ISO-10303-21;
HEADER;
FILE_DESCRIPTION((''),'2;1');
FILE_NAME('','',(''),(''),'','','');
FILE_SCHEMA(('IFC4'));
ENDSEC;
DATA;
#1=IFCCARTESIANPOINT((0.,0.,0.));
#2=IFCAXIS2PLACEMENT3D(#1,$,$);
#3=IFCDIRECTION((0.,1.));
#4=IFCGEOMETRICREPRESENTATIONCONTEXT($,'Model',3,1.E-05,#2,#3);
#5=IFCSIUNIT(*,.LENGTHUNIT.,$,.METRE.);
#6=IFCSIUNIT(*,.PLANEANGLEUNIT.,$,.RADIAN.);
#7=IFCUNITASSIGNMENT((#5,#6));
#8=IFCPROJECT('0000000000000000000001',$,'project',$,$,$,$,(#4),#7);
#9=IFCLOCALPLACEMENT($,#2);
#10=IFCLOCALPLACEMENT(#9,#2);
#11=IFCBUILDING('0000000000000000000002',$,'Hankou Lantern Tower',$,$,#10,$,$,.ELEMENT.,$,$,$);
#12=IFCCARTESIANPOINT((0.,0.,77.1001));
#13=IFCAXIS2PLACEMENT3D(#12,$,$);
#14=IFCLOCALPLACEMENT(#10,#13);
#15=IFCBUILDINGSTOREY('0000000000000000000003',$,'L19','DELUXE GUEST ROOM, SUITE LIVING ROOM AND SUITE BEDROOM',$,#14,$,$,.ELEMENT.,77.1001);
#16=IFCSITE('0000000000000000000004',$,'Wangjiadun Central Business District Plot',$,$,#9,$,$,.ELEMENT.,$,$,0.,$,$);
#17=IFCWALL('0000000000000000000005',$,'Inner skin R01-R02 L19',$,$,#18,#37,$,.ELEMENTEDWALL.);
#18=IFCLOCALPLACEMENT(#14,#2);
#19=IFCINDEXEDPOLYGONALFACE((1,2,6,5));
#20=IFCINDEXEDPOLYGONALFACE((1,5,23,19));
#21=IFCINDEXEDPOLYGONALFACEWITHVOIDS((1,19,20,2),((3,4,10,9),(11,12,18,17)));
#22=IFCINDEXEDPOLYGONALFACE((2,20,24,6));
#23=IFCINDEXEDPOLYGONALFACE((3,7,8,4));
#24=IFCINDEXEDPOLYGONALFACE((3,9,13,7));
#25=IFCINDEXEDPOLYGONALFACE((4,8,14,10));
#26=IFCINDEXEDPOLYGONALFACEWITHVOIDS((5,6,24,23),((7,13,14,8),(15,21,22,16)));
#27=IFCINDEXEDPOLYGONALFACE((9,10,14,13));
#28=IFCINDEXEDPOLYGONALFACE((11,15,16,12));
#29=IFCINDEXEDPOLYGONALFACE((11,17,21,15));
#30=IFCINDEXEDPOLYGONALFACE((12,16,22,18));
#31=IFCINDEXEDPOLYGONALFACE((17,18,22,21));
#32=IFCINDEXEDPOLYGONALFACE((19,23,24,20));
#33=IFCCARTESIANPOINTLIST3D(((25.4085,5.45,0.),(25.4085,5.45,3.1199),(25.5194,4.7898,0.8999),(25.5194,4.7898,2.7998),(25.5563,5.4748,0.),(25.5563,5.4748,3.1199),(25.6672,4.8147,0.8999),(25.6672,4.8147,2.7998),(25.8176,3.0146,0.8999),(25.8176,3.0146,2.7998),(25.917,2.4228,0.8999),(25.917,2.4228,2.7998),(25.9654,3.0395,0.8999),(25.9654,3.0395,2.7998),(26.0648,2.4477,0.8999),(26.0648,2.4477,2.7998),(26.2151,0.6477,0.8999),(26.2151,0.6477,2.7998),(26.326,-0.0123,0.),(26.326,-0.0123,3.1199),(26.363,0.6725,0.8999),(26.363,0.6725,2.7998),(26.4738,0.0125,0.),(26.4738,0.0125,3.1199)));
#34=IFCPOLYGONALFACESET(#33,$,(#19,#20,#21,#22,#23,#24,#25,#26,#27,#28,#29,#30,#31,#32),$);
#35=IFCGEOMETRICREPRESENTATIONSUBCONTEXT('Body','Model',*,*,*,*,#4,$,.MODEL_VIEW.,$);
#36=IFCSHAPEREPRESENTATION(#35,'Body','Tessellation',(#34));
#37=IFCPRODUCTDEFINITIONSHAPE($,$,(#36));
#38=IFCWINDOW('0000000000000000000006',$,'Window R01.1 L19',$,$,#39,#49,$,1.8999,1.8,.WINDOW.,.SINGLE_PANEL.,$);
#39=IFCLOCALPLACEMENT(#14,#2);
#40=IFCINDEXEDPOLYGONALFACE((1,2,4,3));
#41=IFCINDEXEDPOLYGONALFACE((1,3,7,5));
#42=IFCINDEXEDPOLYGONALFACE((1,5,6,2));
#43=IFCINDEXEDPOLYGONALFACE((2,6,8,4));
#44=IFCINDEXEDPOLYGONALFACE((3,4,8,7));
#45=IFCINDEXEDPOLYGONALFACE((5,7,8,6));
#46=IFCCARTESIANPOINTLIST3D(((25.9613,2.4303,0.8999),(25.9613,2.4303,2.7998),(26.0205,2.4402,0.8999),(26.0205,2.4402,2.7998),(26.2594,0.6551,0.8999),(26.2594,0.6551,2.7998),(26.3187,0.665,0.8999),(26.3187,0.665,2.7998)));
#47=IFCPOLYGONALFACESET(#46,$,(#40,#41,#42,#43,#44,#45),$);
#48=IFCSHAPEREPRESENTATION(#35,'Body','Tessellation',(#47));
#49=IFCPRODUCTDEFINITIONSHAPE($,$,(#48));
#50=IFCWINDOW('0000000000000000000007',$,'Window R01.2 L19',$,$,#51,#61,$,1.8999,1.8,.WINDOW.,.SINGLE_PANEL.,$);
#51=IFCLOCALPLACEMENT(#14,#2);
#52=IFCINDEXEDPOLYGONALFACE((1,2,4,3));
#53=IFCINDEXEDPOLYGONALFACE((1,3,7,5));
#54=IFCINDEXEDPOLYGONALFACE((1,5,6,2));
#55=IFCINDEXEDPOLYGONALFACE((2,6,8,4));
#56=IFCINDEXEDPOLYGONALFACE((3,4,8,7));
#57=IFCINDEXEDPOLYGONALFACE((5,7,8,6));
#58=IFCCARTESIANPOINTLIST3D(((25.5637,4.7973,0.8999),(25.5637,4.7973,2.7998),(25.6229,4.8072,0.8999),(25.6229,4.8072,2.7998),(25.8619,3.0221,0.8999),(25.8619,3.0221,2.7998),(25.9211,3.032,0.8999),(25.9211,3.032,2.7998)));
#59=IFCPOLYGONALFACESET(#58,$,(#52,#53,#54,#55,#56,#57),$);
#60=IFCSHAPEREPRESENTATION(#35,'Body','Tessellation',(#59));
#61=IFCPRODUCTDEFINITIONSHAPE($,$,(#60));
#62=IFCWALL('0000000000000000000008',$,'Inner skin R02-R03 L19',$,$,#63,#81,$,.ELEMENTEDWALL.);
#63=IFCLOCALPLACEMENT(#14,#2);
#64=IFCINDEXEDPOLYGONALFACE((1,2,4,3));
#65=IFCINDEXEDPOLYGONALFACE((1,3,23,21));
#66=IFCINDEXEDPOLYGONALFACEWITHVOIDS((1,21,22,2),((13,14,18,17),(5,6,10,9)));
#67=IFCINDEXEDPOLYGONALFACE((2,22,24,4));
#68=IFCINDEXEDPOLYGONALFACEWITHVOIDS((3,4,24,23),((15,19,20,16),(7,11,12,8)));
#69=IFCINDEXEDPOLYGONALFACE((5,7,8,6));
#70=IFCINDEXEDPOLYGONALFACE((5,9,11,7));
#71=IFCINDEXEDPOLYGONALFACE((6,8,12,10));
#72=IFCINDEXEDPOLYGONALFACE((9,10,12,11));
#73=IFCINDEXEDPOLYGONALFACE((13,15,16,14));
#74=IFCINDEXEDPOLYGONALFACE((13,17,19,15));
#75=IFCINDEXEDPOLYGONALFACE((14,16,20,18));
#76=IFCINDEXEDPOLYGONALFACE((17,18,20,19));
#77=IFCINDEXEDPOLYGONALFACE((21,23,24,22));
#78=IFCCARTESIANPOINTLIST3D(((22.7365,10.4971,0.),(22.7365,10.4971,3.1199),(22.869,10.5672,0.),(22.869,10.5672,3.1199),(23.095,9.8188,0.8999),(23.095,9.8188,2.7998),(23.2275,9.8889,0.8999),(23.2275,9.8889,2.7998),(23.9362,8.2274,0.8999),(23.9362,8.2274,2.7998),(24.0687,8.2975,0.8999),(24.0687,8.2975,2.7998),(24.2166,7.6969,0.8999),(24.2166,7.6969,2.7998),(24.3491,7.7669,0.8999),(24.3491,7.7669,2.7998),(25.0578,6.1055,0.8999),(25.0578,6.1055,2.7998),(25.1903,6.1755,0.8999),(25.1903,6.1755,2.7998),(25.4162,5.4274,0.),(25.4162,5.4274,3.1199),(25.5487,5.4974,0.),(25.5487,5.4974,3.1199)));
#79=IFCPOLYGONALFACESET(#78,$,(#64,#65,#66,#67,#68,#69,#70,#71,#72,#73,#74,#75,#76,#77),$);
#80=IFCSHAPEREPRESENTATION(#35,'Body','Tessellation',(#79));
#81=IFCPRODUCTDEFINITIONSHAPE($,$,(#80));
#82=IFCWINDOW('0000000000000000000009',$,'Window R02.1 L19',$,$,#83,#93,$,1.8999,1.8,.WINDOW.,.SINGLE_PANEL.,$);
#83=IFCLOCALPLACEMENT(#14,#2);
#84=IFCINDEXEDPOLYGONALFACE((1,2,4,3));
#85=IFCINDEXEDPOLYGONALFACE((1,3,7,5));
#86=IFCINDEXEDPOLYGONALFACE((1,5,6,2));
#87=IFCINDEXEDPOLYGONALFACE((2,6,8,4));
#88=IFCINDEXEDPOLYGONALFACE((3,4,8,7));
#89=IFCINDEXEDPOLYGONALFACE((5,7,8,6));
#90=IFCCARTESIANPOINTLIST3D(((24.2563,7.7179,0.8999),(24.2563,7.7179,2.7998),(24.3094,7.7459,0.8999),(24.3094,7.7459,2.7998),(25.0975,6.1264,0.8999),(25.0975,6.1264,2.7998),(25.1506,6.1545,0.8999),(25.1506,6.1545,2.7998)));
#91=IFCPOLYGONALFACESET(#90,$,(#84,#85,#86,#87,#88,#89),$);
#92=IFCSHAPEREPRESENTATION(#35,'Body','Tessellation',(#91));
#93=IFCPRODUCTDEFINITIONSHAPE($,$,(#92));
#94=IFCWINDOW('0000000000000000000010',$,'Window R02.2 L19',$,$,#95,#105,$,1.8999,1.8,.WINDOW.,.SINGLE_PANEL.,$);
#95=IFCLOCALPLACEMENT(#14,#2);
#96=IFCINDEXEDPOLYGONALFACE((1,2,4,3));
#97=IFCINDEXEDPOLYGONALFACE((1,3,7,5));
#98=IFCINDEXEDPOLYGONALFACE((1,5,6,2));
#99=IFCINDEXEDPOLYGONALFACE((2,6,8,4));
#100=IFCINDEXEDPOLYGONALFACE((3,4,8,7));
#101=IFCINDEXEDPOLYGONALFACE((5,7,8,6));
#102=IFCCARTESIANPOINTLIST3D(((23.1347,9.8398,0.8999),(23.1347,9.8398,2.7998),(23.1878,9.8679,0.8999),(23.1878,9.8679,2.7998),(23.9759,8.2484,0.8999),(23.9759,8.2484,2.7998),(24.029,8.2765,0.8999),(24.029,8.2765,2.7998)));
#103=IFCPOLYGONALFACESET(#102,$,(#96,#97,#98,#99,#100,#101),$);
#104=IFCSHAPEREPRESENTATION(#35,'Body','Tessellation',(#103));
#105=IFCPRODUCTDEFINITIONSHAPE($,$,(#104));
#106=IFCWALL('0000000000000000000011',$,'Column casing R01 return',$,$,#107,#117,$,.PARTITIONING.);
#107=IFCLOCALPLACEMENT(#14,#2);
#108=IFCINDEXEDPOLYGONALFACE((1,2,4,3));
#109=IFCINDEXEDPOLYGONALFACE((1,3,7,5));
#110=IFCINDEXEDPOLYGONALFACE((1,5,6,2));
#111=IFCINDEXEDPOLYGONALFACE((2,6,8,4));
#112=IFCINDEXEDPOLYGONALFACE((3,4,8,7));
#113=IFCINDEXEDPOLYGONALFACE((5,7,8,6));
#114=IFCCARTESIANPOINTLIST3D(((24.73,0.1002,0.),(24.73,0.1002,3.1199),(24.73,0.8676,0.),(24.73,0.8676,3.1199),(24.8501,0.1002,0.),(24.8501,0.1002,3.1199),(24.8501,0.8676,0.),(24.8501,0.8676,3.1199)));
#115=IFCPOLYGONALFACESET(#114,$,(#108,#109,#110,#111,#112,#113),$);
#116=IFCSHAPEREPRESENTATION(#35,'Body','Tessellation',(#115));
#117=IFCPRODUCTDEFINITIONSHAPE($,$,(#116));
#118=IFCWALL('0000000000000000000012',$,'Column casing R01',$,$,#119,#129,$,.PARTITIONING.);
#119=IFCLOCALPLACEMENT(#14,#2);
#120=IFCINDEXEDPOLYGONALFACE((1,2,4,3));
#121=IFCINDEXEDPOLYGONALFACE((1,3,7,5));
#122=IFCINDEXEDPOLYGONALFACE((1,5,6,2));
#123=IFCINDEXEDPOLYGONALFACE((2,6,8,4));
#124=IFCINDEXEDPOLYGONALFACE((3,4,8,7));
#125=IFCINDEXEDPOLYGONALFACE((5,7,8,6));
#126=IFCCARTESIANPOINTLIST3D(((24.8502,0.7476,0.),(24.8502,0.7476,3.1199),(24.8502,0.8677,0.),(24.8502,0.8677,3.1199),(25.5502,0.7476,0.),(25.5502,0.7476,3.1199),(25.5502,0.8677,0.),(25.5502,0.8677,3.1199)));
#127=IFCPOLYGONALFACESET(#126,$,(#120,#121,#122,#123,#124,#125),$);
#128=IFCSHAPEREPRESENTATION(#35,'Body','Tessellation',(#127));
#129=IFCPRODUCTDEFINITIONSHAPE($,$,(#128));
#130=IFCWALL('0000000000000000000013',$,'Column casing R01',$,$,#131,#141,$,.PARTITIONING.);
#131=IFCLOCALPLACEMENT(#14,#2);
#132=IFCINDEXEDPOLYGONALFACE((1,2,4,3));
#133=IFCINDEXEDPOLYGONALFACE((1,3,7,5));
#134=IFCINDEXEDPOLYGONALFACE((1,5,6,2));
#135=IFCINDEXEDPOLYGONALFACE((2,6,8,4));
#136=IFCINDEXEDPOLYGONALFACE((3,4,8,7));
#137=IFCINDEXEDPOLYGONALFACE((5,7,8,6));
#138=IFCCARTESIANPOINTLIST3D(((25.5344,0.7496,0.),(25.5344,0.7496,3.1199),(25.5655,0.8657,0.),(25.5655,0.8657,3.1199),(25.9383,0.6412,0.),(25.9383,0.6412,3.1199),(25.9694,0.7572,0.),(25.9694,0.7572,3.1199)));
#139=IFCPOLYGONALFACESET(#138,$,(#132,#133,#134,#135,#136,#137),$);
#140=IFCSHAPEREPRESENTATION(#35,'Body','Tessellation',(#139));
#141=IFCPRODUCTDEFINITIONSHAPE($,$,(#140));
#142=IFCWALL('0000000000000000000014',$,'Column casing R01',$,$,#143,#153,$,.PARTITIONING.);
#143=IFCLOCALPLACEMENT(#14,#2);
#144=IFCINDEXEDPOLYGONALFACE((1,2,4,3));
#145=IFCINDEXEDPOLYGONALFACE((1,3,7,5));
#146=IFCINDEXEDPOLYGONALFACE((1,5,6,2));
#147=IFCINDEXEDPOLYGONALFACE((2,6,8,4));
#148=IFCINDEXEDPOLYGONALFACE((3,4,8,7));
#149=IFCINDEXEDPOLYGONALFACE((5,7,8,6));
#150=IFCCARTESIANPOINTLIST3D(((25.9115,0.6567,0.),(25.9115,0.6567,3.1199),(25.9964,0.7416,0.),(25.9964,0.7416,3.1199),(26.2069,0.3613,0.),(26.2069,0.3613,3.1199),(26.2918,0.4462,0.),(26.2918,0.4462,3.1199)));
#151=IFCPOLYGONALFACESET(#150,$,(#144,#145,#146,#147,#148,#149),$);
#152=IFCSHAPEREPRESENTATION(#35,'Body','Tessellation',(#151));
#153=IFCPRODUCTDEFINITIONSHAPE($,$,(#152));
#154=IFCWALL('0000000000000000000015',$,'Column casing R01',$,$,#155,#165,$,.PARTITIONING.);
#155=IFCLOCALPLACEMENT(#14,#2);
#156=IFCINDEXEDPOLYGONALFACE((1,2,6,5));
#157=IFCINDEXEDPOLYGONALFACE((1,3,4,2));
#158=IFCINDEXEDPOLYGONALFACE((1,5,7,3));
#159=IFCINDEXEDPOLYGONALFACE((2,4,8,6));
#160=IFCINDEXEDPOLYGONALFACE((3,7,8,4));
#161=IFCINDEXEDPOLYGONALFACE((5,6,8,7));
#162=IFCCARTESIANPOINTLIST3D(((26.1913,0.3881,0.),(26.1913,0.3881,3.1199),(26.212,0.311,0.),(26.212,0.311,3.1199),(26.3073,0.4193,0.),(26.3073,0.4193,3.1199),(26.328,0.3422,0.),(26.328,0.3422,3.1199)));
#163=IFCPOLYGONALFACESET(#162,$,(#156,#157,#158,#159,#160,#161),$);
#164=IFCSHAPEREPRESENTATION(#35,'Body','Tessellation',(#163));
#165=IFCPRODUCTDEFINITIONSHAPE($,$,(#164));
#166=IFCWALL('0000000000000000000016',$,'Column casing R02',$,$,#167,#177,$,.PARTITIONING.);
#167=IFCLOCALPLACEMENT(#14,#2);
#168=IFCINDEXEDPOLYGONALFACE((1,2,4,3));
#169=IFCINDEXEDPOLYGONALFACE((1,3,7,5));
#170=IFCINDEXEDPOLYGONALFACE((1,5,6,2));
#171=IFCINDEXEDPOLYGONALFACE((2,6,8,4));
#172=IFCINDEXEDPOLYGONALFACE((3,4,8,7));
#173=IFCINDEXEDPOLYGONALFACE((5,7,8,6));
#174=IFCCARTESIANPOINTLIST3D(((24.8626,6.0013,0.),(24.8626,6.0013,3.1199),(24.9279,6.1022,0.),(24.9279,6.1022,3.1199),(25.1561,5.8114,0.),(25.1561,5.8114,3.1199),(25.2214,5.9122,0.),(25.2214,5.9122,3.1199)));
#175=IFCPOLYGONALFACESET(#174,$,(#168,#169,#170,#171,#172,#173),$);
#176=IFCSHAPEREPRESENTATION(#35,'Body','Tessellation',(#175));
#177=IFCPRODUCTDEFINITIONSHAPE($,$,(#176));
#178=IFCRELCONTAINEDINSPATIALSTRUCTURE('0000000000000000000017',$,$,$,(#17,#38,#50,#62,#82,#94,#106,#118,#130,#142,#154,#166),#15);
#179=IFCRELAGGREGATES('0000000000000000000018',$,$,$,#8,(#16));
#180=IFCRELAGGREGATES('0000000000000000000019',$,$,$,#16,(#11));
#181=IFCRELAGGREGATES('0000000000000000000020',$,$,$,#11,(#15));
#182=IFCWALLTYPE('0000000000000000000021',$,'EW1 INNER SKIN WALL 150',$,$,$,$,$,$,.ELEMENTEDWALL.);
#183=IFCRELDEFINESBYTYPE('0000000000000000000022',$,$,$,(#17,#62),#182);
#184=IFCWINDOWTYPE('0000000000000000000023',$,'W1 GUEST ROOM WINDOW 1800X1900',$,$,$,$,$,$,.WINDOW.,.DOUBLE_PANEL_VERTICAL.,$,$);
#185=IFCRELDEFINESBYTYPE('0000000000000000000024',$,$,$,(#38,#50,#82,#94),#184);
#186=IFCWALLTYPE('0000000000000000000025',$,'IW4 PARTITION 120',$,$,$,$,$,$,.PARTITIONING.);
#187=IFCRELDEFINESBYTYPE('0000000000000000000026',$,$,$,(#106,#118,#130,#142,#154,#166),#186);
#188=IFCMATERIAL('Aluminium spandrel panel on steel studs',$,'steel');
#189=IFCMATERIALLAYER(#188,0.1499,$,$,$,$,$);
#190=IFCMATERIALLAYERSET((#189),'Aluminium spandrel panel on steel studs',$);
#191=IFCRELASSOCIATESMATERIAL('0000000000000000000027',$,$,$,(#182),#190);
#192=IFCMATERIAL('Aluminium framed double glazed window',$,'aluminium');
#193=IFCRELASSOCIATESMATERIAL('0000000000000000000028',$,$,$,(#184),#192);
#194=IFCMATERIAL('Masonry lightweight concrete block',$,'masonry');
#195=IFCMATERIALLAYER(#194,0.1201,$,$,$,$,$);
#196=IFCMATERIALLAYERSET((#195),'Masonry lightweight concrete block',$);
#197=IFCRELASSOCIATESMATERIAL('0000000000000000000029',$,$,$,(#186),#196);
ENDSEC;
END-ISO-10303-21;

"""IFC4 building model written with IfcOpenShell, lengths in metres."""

from ifc_helpers import new_model, si_unit, direction, frame, frame_2d, origin, place, context, subcontext, project, spatial, rectangle, extrude, material, layer, layer_set, type_object, element, fill, save


model = new_model("IFC4")

# Units and contexts
model_context = context("Model", 3, precision=1e-05, world=origin(), true_north=direction((0.0, 1.0)))
body_context = subcontext(model_context, "Body", "Model", "MODEL_VIEW")
ifc_project = project(units=[si_unit("LENGTHUNIT", "METRE"), si_unit("PLANEANGLEUNIT", "RADIAN")], contexts=[model_context])

# Site, building, storey
site_placement = place(None, origin())
site = spatial("IfcSite", under=ifc_project, at=site_placement, Name="Wangjiadun Central Business District Plot", CompositionType="ELEMENT", RefElevation=0.0)
building_placement = place(site_placement, origin())
building = spatial("IfcBuilding", under=site, at=building_placement, Name="Hankou Lantern Tower", CompositionType="ELEMENT")
storey_placement = place(building_placement, frame((0.0, 0.0, 77.1001)))
storey = spatial("IfcBuildingStorey", under=building, at=storey_placement, Name="L19", Description="DELUXE GUEST ROOM, SUITE LIVING ROOM AND SUITE BEDROOM", CompositionType="ELEMENT", Elevation=77.1001)

# Walls, openings, windows
ifc_material_1 = material(Name="Aluminium spandrel panel on steel studs", Category="steel")
ifc_layer_1 = layer(ifc_material_1, 0.1499)
ifc_layer_set_1 = layer_set([ifc_layer_1], Name="Aluminium spandrel panel on steel studs")
wall_type_1 = type_object("IfcWallType", Name="EW1 INNER SKIN WALL 150", PredefinedType="ELEMENTEDWALL", material=ifc_layer_set_1)
wall_1_placement = place(storey_placement, frame((26.3999, 0.0, 0.0), z_axis=(0.0, 0.0, 1.0), x_axis=(-0.165643, 0.986186, 0.0)))
wall_1 = element("IfcWall", 1, at=wall_1_placement, inside=storey, type_object=wall_type_1, Name="Inner skin R01-R02 L19", PredefinedType="ELEMENTEDWALL", context=body_context, shape_type="SweptSolid", body=[
    extrude(rectangle(XDim=5.5388, YDim=0.1499, at=frame_2d((2.7695, 0.0))), origin(), (0.0, 0.0, 1.0), 3.1199),
])
opening_1_placement = place(wall_1_placement, frame((0.6694, 0.0, 0.8999)))
opening_1 = element("IfcOpeningElement", 2, at=opening_1_placement, cuts=wall_1, PredefinedType="OPENING", context=body_context, shape_type="SweptSolid", body=[
    extrude(rectangle(XDim=1.8, YDim=1.8999, at=frame_2d((0.8999, 0.95))), frame((0.0, 0.085, 0.0), z_axis=(0.0, -1.0, 0.0), x_axis=(1.0, 0.0, 0.0)), (0.0, 0.0, 1.0), 0.1699),
])
opening_2_placement = place(wall_1_placement, frame((3.0696, 0.0, 0.8999)))
opening_2 = element("IfcOpeningElement", 3, at=opening_2_placement, cuts=wall_1, PredefinedType="OPENING", context=body_context, shape_type="SweptSolid", body=[
    extrude(rectangle(XDim=1.8, YDim=1.8999, at=frame_2d((0.8999, 0.95))), frame((0.0, 0.085, 0.0), z_axis=(0.0, -1.0, 0.0), x_axis=(1.0, 0.0, 0.0)), (0.0, 0.0, 1.0), 0.1699),
])
ifc_material_2 = material(Name="Aluminium framed double glazed window", Category="aluminium")
window_type = type_object("IfcWindowType", Name="W1 GUEST ROOM WINDOW 1800X1900", PartitioningType="DOUBLE_PANEL_VERTICAL", PredefinedType="WINDOW", material=ifc_material_2)
window_1_placement = place(opening_1_placement, origin())
window_1 = element("IfcWindow", 4, at=window_1_placement, inside=storey, type_object=window_type, Name="Window R01.1 L19", OverallHeight=1.8999, OverallWidth=1.8, PartitioningType="SINGLE_PANEL", PredefinedType="WINDOW", context=body_context, shape_type="SweptSolid", body=[
    extrude(rectangle(XDim=1.8, YDim=1.8999, at=frame_2d((0.8999, 0.95))), frame((0.0, 0.03, 0.0), z_axis=(0.0, -1.0, 0.0), x_axis=(1.0, 0.0, 0.0)), (0.0, 0.0, 1.0), 0.0601),
])
fill(opening_1, window_1)
window_2_placement = place(opening_2_placement, origin())
window_2 = element("IfcWindow", 5, at=window_2_placement, inside=storey, type_object=window_type, Name="Window R01.2 L19", OverallHeight=1.8999, OverallWidth=1.8, PartitioningType="SINGLE_PANEL", PredefinedType="WINDOW", context=body_context, shape_type="SweptSolid", body=[
    extrude(rectangle(XDim=1.8, YDim=1.8999, at=frame_2d((0.8999, 0.95))), frame((0.0, 0.03, 0.0), z_axis=(0.0, -1.0, 0.0), x_axis=(1.0, 0.0, 0.0)), (0.0, 0.0, 1.0), 0.0601),
])
fill(opening_2, window_2)
wall_2_placement = place(storey_placement, frame((25.4824, 5.4624, 0.0), z_axis=(0.0, 0.0, 1.0), x_axis=(-0.467297, 0.8841, 0.0)))
wall_2 = element("IfcWall", 6, at=wall_2_placement, inside=storey, type_object=wall_type_1, Name="Inner skin R02-R03 L19", PredefinedType="ELEMENTEDWALL", context=body_context, shape_type="SweptSolid", body=[
    extrude(rectangle(XDim=5.7344, YDim=0.1499, at=frame_2d((2.8672, 0.0))), origin(), (0.0, 0.0, 1.0), 3.1199),
])
opening_3_placement = place(wall_2_placement, frame((0.7671, 0.0, 0.8999)))
opening_3 = element("IfcOpeningElement", 7, at=opening_3_placement, cuts=wall_2, PredefinedType="OPENING", context=body_context, shape_type="SweptSolid", body=[
    extrude(rectangle(XDim=1.8, YDim=1.8999, at=frame_2d((0.8999, 0.95))), frame((0.0, 0.085, 0.0), z_axis=(0.0, -1.0, 0.0), x_axis=(1.0, 0.0, 0.0)), (0.0, 0.0, 1.0), 0.1699),
])
opening_4_placement = place(wall_2_placement, frame((3.1672, 0.0, 0.8999)))
opening_4 = element("IfcOpeningElement", 8, at=opening_4_placement, cuts=wall_2, PredefinedType="OPENING", context=body_context, shape_type="SweptSolid", body=[
    extrude(rectangle(XDim=1.8, YDim=1.8999, at=frame_2d((0.8999, 0.95))), frame((0.0, 0.085, 0.0), z_axis=(0.0, -1.0, 0.0), x_axis=(1.0, 0.0, 0.0)), (0.0, 0.0, 1.0), 0.1699),
])
window_3_placement = place(opening_3_placement, origin())
window_3 = element("IfcWindow", 9, at=window_3_placement, inside=storey, type_object=window_type, Name="Window R02.1 L19", OverallHeight=1.8999, OverallWidth=1.8, PartitioningType="SINGLE_PANEL", PredefinedType="WINDOW", context=body_context, shape_type="SweptSolid", body=[
    extrude(rectangle(XDim=1.8, YDim=1.8999, at=frame_2d((0.8999, 0.95))), frame((0.0, 0.03, 0.0), z_axis=(0.0, -1.0, 0.0), x_axis=(1.0, 0.0, 0.0)), (0.0, 0.0, 1.0), 0.0601),
])
fill(opening_3, window_3)
window_4_placement = place(opening_4_placement, origin())
window_4 = element("IfcWindow", 10, at=window_4_placement, inside=storey, type_object=window_type, Name="Window R02.2 L19", OverallHeight=1.8999, OverallWidth=1.8, PartitioningType="SINGLE_PANEL", PredefinedType="WINDOW", context=body_context, shape_type="SweptSolid", body=[
    extrude(rectangle(XDim=1.8, YDim=1.8999, at=frame_2d((0.8999, 0.95))), frame((0.0, 0.03, 0.0), z_axis=(0.0, -1.0, 0.0), x_axis=(1.0, 0.0, 0.0)), (0.0, 0.0, 1.0), 0.0601),
])
fill(opening_4, window_4)

# Walls
ifc_material_3 = material(Name="Masonry lightweight concrete block", Category="masonry")
ifc_layer_2 = layer(ifc_material_3, 0.1201)
ifc_layer_set_2 = layer_set([ifc_layer_2], Name="Masonry lightweight concrete block")
wall_type_2 = type_object("IfcWallType", Name="IW4 PARTITION 120", PredefinedType="PARTITIONING", material=ifc_layer_set_2)
wall_3_placement = place(storey_placement, frame((24.79, 0.1001, 0.0), z_axis=(0.0, 0.0, 1.0), x_axis=(0.0, 1.0, 0.0)))
element("IfcWall", 11, at=wall_3_placement, inside=storey, type_object=wall_type_2, Name="Column casing R01 return", PredefinedType="PARTITIONING", context=body_context, shape_type="SweptSolid", body=[
    extrude(rectangle(XDim=0.7673, YDim=0.1201, at=frame_2d((0.3838, 0.0))), origin(), (0.0, 0.0, 1.0), 3.1199),
])
wall_4_placement = place(storey_placement, frame((24.8501, 0.8076, 0.0), z_axis=(0.0, 0.0, 1.0), x_axis=(1.0, 0.0, 0.0)))
element("IfcWall", 12, at=wall_4_placement, inside=storey, type_object=wall_type_2, Name="Column casing R01", PredefinedType="PARTITIONING", context=body_context, shape_type="SweptSolid", body=[
    extrude(rectangle(XDim=0.7, YDim=0.1201, at=frame_2d((0.3501, 0.0))), origin(), (0.0, 0.0, 1.0), 3.1199),
])
wall_5_placement = place(storey_placement, frame((25.55, 0.8076, 0.0), z_axis=(0.0, 0.0, 1.0), x_axis=(0.965807, -0.259261, 0.0)))
element("IfcWall", 13, at=wall_5_placement, inside=storey, type_object=wall_type_2, Name="Column casing R01", PredefinedType="PARTITIONING", context=body_context, shape_type="SweptSolid", body=[
    extrude(rectangle(XDim=0.4182, YDim=0.1201, at=frame_2d((0.209, 0.0))), origin(), (0.0, 0.0, 1.0), 3.1199),
])
wall_6_placement = place(storey_placement, frame((25.9539, 0.6992, 0.0), z_axis=(0.0, 0.0, 1.0), x_axis=(0.707107, -0.707107, 0.0)))
element("IfcWall", 14, at=wall_6_placement, inside=storey, type_object=wall_type_2, Name="Column casing R01", PredefinedType="PARTITIONING", context=body_context, shape_type="SweptSolid", body=[
    extrude(rectangle(XDim=0.4177, YDim=0.1201, at=frame_2d((0.209, 0.0))), origin(), (0.0, 0.0, 1.0), 3.1199),
])
wall_7_placement = place(storey_placement, frame((26.2493, 0.4038, 0.0), z_axis=(0.0, 0.0, 1.0), x_axis=(0.259754, -0.965675, 0.0)))
element("IfcWall", 15, at=wall_7_placement, inside=storey, type_object=wall_type_2, Name="Column casing R01", PredefinedType="PARTITIONING", context=body_context, shape_type="SweptSolid", body=[
    extrude(rectangle(XDim=0.0798, YDim=0.1201, at=frame_2d((0.04, 0.0))), origin(), (0.0, 0.0, 1.0), 3.1199),
])
wall_8_placement = place(storey_placement, frame((24.8953, 6.0518, 0.0), z_axis=(0.0, 0.0, 1.0), x_axis=(0.839495, -0.543367, 0.0)))
element("IfcWall", 16, at=wall_8_placement, inside=storey, type_object=wall_type_2, Name="Column casing R02", PredefinedType="PARTITIONING", context=body_context, shape_type="SweptSolid", body=[
    extrude(rectangle(XDim=0.3496, YDim=0.1201, at=frame_2d((0.1748, 0.0))), origin(), (0.0, 0.0, 1.0), 3.1199),
])

save(model, "model.ifc")
